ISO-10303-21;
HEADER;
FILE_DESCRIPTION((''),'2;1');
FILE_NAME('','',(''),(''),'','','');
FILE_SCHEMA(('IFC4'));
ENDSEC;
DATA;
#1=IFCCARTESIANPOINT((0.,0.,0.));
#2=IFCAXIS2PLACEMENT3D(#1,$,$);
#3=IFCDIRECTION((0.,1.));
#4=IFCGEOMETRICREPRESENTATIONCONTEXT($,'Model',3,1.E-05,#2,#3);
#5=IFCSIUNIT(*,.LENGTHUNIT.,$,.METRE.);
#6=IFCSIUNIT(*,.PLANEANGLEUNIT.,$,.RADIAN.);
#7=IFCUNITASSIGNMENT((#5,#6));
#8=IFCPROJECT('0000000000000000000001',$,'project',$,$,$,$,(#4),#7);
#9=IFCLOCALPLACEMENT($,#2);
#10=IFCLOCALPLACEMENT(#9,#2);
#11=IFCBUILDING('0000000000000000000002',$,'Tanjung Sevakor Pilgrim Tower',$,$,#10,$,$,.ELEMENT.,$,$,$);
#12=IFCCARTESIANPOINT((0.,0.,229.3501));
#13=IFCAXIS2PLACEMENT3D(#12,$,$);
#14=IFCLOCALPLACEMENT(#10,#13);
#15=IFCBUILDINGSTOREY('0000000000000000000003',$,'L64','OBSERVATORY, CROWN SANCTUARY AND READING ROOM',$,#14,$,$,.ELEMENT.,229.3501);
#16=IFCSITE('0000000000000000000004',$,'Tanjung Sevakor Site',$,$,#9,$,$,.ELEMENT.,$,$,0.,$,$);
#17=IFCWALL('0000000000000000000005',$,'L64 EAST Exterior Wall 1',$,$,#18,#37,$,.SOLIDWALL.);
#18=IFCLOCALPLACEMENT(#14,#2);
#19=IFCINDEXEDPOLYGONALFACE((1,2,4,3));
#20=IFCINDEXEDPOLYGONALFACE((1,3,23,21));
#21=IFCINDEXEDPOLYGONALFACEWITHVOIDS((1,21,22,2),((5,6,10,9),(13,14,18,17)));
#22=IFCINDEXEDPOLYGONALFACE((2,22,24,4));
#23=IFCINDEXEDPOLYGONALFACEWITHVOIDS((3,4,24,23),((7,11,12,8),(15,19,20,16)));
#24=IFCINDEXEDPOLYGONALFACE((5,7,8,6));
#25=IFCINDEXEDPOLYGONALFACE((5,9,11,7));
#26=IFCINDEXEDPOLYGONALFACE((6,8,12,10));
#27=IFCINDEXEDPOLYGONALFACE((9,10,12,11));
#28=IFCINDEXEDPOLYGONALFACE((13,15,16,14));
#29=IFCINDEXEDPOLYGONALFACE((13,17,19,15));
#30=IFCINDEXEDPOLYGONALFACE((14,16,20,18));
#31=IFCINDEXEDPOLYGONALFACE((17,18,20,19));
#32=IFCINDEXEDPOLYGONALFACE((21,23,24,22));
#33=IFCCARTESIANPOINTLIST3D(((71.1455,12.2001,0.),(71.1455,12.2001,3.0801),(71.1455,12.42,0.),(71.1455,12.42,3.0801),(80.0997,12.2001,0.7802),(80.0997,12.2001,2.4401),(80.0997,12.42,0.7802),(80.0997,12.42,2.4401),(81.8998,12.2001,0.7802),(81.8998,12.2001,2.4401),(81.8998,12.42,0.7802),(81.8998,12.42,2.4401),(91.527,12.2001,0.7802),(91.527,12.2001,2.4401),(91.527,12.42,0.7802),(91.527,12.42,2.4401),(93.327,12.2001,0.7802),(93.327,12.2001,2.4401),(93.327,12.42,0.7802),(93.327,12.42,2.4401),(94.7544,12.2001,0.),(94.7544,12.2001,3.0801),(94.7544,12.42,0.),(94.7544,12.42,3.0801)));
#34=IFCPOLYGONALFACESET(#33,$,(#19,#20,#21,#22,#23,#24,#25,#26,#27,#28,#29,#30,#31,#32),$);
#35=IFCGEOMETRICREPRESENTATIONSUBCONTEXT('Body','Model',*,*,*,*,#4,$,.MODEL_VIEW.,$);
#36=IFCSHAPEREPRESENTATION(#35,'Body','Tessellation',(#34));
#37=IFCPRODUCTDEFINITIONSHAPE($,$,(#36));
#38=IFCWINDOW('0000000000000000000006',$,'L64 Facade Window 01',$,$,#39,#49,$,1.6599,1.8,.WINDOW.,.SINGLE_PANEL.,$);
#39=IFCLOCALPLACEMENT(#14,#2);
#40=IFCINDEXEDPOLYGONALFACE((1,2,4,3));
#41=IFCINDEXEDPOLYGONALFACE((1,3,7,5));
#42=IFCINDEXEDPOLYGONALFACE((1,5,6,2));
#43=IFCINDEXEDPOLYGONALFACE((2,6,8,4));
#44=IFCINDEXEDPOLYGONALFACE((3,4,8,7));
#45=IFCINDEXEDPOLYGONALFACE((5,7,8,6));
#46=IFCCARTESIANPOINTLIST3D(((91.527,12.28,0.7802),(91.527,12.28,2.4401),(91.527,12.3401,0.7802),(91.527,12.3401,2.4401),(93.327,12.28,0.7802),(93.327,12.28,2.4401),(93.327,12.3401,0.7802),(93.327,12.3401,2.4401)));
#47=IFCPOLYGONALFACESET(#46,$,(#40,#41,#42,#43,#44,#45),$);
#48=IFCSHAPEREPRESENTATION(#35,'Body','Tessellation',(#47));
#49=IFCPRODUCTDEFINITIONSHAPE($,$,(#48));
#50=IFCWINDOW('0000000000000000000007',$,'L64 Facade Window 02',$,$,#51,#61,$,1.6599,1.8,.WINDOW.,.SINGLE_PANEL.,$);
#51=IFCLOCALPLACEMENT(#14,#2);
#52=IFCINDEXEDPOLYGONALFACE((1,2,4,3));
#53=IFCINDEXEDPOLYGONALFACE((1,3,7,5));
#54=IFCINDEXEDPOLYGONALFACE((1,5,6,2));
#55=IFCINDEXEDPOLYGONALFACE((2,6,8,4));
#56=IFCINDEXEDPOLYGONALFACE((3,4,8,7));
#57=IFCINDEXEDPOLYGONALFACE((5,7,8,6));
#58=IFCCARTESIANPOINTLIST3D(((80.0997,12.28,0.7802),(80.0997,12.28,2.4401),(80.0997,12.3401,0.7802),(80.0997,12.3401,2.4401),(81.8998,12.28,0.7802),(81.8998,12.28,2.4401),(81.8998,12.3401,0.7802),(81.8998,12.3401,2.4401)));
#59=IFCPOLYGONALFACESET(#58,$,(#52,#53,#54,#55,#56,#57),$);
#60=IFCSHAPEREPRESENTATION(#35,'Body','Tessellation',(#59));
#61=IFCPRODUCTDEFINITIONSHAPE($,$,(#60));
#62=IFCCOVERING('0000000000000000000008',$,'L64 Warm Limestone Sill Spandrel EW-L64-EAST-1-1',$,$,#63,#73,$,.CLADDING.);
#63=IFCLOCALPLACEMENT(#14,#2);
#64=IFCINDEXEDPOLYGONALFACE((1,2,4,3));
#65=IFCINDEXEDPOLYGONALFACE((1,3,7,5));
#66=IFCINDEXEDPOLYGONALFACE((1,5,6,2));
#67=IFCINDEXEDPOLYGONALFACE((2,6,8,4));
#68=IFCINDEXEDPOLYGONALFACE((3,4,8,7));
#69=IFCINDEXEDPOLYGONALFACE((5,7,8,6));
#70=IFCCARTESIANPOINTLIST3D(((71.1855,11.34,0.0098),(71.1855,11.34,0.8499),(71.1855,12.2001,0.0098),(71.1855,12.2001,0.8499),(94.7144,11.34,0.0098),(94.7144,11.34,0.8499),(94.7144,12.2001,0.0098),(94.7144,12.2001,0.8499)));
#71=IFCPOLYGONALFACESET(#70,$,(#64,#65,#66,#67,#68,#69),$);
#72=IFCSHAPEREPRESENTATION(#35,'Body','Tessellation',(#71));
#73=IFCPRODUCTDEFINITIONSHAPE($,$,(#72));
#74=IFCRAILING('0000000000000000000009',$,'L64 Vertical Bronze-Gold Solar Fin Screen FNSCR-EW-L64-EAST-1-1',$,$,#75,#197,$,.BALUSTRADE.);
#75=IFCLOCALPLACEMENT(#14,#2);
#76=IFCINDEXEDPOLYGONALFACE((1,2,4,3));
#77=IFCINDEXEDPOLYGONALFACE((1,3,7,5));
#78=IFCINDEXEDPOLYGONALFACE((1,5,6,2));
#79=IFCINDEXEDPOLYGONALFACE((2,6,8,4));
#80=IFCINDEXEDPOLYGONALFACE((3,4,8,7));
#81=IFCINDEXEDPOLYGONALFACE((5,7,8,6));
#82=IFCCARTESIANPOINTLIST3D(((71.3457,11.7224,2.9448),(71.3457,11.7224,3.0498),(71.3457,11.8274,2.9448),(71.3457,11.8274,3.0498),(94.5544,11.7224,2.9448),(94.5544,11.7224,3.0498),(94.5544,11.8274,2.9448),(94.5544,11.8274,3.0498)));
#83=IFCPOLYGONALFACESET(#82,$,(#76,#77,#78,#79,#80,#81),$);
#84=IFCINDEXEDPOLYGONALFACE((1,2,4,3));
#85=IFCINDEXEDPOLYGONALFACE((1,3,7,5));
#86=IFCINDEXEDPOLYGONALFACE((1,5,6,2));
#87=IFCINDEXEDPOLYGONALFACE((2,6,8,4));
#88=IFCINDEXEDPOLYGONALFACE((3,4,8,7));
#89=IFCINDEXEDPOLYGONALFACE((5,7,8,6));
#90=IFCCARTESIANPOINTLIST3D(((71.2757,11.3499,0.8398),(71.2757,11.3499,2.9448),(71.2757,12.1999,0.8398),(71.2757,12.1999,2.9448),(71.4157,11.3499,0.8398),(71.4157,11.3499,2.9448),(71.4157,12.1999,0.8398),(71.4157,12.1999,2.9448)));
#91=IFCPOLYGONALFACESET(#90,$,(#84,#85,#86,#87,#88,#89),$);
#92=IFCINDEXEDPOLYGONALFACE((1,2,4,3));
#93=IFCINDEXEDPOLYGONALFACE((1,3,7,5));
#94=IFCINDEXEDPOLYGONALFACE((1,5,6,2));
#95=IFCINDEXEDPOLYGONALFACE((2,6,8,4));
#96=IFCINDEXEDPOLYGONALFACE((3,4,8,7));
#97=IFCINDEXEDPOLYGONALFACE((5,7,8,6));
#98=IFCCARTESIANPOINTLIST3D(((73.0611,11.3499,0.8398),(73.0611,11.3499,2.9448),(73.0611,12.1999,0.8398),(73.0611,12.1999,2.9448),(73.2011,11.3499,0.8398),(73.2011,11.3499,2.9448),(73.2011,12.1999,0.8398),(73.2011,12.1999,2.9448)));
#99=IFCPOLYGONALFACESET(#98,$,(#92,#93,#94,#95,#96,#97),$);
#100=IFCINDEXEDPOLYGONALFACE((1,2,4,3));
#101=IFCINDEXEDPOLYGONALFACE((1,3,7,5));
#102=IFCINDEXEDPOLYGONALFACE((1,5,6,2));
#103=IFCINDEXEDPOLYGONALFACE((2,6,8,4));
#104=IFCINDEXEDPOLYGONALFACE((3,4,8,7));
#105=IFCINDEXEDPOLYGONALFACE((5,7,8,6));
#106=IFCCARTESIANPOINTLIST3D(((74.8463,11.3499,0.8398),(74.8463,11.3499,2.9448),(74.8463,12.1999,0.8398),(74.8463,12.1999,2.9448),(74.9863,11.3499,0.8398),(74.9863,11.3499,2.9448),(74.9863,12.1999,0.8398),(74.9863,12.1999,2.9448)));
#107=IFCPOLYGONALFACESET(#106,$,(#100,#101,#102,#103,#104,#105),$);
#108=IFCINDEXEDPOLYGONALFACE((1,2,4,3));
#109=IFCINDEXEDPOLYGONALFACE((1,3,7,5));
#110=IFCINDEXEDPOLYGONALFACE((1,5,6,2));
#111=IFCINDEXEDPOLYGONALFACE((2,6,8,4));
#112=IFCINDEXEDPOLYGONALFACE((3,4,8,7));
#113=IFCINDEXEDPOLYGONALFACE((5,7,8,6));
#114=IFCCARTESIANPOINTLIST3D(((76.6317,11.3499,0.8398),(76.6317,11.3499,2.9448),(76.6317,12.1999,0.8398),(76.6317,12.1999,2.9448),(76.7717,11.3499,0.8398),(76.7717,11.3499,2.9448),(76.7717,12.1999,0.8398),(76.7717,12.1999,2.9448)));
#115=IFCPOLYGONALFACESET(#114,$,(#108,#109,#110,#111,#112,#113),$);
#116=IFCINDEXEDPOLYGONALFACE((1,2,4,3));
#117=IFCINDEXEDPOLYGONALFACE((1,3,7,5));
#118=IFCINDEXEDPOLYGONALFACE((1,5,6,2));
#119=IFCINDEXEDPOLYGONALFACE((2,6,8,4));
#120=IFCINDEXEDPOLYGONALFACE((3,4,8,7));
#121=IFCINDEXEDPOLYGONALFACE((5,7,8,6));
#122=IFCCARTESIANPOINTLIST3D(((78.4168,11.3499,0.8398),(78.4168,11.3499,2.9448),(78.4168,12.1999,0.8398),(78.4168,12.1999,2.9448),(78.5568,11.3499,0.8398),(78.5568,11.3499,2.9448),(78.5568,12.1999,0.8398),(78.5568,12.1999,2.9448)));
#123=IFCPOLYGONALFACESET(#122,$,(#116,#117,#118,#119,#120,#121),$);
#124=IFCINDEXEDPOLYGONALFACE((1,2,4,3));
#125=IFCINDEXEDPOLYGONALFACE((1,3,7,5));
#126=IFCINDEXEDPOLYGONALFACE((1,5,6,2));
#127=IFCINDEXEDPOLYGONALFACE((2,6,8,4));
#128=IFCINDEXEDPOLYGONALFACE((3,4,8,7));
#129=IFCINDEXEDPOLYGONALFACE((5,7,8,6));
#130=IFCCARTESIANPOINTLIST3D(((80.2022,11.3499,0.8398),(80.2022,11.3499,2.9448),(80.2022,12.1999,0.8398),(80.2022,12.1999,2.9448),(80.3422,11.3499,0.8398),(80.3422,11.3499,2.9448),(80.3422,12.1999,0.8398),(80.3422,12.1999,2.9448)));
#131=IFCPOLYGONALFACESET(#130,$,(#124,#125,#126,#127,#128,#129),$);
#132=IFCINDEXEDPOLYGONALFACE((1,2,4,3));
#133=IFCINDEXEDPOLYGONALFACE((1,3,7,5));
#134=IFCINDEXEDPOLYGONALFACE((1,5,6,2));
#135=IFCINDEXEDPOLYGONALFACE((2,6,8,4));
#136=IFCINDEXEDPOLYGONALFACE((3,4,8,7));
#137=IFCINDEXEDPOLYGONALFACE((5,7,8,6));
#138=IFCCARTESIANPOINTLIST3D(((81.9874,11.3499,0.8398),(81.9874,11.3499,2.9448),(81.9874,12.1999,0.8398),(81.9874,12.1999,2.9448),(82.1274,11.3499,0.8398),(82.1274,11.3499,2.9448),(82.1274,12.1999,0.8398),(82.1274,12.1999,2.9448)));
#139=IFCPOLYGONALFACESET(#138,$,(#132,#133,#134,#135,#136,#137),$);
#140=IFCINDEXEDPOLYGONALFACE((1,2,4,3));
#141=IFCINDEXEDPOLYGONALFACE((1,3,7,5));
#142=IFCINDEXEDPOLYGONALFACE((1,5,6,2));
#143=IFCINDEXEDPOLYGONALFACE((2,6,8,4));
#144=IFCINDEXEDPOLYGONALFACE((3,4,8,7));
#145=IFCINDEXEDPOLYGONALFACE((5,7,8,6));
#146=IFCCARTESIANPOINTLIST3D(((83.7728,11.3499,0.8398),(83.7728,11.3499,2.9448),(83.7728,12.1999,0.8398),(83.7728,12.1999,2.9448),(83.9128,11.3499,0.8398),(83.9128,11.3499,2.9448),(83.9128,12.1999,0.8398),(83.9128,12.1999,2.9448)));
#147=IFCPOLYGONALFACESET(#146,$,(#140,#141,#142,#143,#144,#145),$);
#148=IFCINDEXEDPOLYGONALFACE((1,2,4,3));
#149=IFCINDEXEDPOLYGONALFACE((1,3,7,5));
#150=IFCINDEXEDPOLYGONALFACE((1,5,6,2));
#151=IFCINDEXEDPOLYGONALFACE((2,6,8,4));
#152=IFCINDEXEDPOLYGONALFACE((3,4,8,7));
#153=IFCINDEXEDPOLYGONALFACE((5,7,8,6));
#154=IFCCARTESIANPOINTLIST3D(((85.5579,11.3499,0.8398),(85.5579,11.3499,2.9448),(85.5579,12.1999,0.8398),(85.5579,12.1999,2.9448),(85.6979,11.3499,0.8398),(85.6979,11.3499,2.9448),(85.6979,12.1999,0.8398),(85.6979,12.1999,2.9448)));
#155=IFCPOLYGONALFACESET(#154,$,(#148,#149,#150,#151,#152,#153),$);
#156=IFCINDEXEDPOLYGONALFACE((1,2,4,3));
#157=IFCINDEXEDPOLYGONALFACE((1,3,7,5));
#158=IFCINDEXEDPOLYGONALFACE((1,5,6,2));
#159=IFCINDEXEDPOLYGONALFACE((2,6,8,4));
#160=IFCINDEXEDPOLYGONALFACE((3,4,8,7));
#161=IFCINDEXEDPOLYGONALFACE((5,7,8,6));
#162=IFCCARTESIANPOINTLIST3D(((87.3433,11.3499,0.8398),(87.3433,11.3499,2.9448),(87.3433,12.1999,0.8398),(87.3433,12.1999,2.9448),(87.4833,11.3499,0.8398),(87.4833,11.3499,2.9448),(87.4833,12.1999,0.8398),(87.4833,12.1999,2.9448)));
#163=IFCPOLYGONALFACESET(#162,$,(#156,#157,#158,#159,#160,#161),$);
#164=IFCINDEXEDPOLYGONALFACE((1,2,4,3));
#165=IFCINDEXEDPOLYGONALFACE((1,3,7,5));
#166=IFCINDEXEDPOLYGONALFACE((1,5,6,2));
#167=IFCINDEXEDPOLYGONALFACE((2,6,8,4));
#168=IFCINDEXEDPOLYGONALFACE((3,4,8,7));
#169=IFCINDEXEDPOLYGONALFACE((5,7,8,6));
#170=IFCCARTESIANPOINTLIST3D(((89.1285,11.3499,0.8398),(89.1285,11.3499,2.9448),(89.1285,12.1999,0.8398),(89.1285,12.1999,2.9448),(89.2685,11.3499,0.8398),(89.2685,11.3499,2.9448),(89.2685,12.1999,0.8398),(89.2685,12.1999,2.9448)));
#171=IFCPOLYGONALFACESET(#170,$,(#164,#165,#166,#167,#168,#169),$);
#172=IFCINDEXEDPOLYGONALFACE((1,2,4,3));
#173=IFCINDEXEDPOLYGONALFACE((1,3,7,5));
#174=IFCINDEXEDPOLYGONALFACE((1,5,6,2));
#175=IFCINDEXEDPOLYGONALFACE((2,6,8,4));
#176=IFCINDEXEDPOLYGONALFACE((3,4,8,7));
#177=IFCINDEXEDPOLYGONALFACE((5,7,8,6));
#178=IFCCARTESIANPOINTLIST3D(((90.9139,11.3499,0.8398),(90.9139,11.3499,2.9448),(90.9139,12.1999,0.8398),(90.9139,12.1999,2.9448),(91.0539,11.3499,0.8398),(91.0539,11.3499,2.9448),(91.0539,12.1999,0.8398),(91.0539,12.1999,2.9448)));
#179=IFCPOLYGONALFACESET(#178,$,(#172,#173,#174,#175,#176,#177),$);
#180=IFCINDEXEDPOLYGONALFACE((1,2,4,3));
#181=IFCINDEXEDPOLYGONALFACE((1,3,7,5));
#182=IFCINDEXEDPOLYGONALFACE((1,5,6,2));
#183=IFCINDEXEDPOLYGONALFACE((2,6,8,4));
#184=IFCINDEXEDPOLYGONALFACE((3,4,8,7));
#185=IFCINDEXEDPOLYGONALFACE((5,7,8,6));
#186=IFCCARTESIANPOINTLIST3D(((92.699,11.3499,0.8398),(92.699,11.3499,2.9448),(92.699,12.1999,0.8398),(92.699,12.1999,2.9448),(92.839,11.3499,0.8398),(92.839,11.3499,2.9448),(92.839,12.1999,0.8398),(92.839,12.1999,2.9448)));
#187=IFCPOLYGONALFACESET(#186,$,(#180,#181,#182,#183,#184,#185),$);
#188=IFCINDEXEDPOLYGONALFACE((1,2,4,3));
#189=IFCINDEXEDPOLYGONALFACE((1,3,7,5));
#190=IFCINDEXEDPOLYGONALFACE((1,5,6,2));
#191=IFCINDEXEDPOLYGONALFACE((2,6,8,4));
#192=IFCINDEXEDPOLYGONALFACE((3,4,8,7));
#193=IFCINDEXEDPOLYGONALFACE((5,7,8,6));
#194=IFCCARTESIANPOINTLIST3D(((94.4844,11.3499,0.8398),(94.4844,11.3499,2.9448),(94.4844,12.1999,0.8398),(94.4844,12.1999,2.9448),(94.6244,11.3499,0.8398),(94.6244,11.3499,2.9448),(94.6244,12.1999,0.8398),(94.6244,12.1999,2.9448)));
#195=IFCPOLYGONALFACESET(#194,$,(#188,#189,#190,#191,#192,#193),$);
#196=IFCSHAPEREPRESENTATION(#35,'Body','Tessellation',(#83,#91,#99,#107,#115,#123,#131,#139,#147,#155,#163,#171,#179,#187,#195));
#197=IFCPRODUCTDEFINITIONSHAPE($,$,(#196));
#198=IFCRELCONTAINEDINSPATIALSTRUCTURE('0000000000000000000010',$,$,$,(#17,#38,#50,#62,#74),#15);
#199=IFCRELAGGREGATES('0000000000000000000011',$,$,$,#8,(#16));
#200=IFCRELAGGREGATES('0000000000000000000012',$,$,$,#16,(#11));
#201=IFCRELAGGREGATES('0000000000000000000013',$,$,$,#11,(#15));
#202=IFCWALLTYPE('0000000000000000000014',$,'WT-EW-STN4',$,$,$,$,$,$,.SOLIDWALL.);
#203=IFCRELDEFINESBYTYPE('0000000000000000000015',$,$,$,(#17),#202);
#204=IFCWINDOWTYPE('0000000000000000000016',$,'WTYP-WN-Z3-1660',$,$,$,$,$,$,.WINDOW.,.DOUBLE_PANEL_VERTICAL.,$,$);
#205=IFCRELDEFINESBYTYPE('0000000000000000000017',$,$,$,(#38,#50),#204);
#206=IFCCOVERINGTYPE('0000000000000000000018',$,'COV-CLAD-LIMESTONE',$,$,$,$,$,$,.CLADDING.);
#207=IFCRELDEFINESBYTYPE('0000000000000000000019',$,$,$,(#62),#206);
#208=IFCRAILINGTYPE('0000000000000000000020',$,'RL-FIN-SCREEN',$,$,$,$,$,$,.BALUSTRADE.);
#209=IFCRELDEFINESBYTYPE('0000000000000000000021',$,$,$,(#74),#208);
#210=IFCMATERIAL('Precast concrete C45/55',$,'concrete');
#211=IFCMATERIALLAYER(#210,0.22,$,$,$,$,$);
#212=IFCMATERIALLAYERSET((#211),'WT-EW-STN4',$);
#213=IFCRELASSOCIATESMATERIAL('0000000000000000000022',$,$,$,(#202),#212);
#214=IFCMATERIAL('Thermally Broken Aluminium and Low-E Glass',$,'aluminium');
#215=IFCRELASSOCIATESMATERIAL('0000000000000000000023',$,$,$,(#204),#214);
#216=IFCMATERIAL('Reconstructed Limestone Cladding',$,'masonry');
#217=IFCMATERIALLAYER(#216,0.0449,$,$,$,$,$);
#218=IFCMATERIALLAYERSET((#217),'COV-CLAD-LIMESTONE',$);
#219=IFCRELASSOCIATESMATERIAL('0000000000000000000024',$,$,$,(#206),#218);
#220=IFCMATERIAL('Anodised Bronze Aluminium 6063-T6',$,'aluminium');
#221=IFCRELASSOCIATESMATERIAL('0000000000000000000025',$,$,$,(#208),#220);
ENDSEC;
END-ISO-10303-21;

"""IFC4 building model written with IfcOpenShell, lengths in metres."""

from ifc_helpers import new_model, si_unit, direction, frame, frame_2d, origin, origin_2d, place, context, subcontext, project, spatial, rectangle, extrude, material, layer, layer_set, type_object, element, fill, save


model = new_model("IFC4")

# Units and contexts
model_context = context("Model", 3, precision=1e-05, world=origin(), true_north=direction((0.0, 1.0)))
body_context = subcontext(model_context, "Body", "Model", "MODEL_VIEW")
ifc_project = project(units=[si_unit("LENGTHUNIT", "METRE"), si_unit("PLANEANGLEUNIT", "RADIAN")], contexts=[model_context])

# Site, building, storey
site_placement = place(None, origin())
site = spatial("IfcSite", under=ifc_project, at=site_placement, Name="Tanjung Sevakor Site", CompositionType="ELEMENT", RefElevation=0.0)
building_placement = place(site_placement, origin())
building = spatial("IfcBuilding", under=site, at=building_placement, Name="Tanjung Sevakor Pilgrim Tower", CompositionType="ELEMENT")
storey_placement = place(building_placement, frame((0.0, 0.0, 229.3501)))
storey = spatial("IfcBuildingStorey", under=building, at=storey_placement, Name="L64", Description="OBSERVATORY, CROWN SANCTUARY AND READING ROOM", CompositionType="ELEMENT", Elevation=229.3501)

# Wall, openings, windows
ifc_material_1 = material(Name="Precast concrete C45/55", Category="concrete")
ifc_layer_1 = layer(ifc_material_1, 0.22)
ifc_layer_set_1 = layer_set([ifc_layer_1], Name="WT-EW-STN4")
wall_type_1 = type_object("IfcWallType", Name="WT-EW-STN4", PredefinedType="SOLIDWALL", material=ifc_layer_set_1)
wall_1_placement = place(storey_placement, frame((71.1455, 12.3101, 0.0), z_axis=(0.0, 0.0, 1.0), x_axis=(1.0, 0.0, 0.0)))
wall_1 = element("IfcWall", 1, at=wall_1_placement, inside=storey, type_object=wall_type_1, Name="L64 EAST Exterior Wall 1", PredefinedType="SOLIDWALL", context=body_context, shape_type="SweptSolid", body=[
    extrude(rectangle(XDim=23.6089, YDim=0.22, at=frame_2d((11.8044, 0.0))), origin(), (0.0, 0.0, 1.0), 3.0801),
])
opening_1_placement = place(wall_1_placement, frame((20.3816, 0.0, 0.78)))
opening_1 = element("IfcOpeningElement", 2, at=opening_1_placement, cuts=wall_1, PredefinedType="OPENING", context=body_context, shape_type="SweptSolid", body=[
    extrude(rectangle(XDim=1.8, YDim=1.6599, at=frame_2d((0.8999, 0.8301))), frame((0.0, 0.1199, 0.0), z_axis=(0.0, -1.0, 0.0), x_axis=(1.0, 0.0, 0.0)), (0.0, 0.0, 1.0), 0.24),
])
opening_2_placement = place(wall_1_placement, frame((8.9543, 0.0, 0.78)))
opening_2 = element("IfcOpeningElement", 3, at=opening_2_placement, cuts=wall_1, PredefinedType="OPENING", context=body_context, shape_type="SweptSolid", body=[
    extrude(rectangle(XDim=1.8, YDim=1.6599, at=frame_2d((0.8999, 0.8301))), frame((0.0, 0.1199, 0.0), z_axis=(0.0, -1.0, 0.0), x_axis=(1.0, 0.0, 0.0)), (0.0, 0.0, 1.0), 0.24),
])
ifc_material_2 = material(Name="Thermally Broken Aluminium and Low-E Glass", Category="aluminium")
window_type = type_object("IfcWindowType", Name="WTYP-WN-Z3-1660", PartitioningType="DOUBLE_PANEL_VERTICAL", PredefinedType="WINDOW", material=ifc_material_2)
window_1_placement = place(opening_1_placement, origin())
window_1 = element("IfcWindow", 4, at=window_1_placement, inside=storey, type_object=window_type, Name="L64 Facade Window 01", OverallHeight=1.6599, OverallWidth=1.8, PartitioningType="SINGLE_PANEL", PredefinedType="WINDOW", context=body_context, shape_type="SweptSolid", body=[
    extrude(rectangle(XDim=1.8, YDim=1.6599, at=frame_2d((0.8999, 0.8301))), frame((0.0, 0.03, 0.0), z_axis=(0.0, -1.0, 0.0), x_axis=(1.0, 0.0, 0.0)), (0.0, 0.0, 1.0), 0.0601),
])
fill(opening_1, window_1)
window_2_placement = place(opening_2_placement, origin())
window_2 = element("IfcWindow", 5, at=window_2_placement, inside=storey, type_object=window_type, Name="L64 Facade Window 02", OverallHeight=1.6599, OverallWidth=1.8, PartitioningType="SINGLE_PANEL", PredefinedType="WINDOW", context=body_context, shape_type="SweptSolid", body=[
    extrude(rectangle(XDim=1.8, YDim=1.6599, at=frame_2d((0.8999, 0.8301))), frame((0.0, 0.03, 0.0), z_axis=(0.0, -1.0, 0.0), x_axis=(1.0, 0.0, 0.0)), (0.0, 0.0, 1.0), 0.0601),
])
fill(opening_2, window_2)

# Covering
ifc_material_3 = material(Name="Reconstructed Limestone Cladding", Category="masonry")
ifc_layer_2 = layer(ifc_material_3, 0.0449)
ifc_layer_set_2 = layer_set([ifc_layer_2], Name="COV-CLAD-LIMESTONE")
covering_type = type_object("IfcCoveringType", Name="COV-CLAD-LIMESTONE", PredefinedType="CLADDING", material=ifc_layer_set_2)
covering_placement = place(storey_placement, frame((82.95, 11.77, 0.0098), z_axis=(0.0, 0.0, 1.0), x_axis=(1.0, 0.0, 0.0)))
element("IfcCovering", 6, at=covering_placement, inside=storey, type_object=covering_type, Name="L64 Warm Limestone Sill Spandrel EW-L64-EAST-1-1", PredefinedType="CLADDING", context=body_context, shape_type="SweptSolid", body=[
    extrude(rectangle(XDim=23.5288, YDim=0.8601, at=origin_2d()), origin(), (0.0, 0.0, 1.0), 0.8401),
])

# Railing
ifc_material_4 = material(Name="Anodised Bronze Aluminium 6063-T6", Category="aluminium")
railing_type = type_object("IfcRailingType", Name="RL-FIN-SCREEN", PredefinedType="BALUSTRADE", material=ifc_material_4)
railing_placement = place(storey_placement, frame((71.3457, 11.7749, 0.8398)))
element("IfcRailing", 7, at=railing_placement, inside=storey, type_object=railing_type, Name="L64 Vertical Bronze-Gold Solar Fin Screen FNSCR-EW-L64-EAST-1-1", PredefinedType="BALUSTRADE", context=body_context, shape_type="SweptSolid", body=[
    extrude(rectangle(XDim=0.105, YDim=0.105), frame((0.0, 0.0, 2.1575), z_axis=(1.0, 0.0, 0.0), x_axis=(0.0, 1.0, 0.0)), (0.0, 0.0, 1.0), 23.2087),
    extrude(rectangle(XDim=0.14, YDim=0.85), origin(), (0.0, 0.0, 1.0), 2.105),
    extrude(rectangle(XDim=0.14, YDim=0.85), frame((1.7854, 0.0, 0.0)), (0.0, 0.0, 1.0), 2.105),
    extrude(rectangle(XDim=0.14, YDim=0.85), frame((3.5706, 0.0, 0.0)), (0.0, 0.0, 1.0), 2.105),
    extrude(rectangle(XDim=0.14, YDim=0.85), frame((5.356, 0.0, 0.0)), (0.0, 0.0, 1.0), 2.105),
    extrude(rectangle(XDim=0.14, YDim=0.85), frame((7.1411, 0.0, 0.0)), (0.0, 0.0, 1.0), 2.105),
    extrude(rectangle(XDim=0.14, YDim=0.85), frame((8.9265, 0.0, 0.0)), (0.0, 0.0, 1.0), 2.105),
    extrude(rectangle(XDim=0.14, YDim=0.85), frame((10.7117, 0.0, 0.0)), (0.0, 0.0, 1.0), 2.105),
    extrude(rectangle(XDim=0.14, YDim=0.85), frame((12.4971, 0.0, 0.0)), (0.0, 0.0, 1.0), 2.105),
    extrude(rectangle(XDim=0.14, YDim=0.85), frame((14.2822, 0.0, 0.0)), (0.0, 0.0, 1.0), 2.105),
    extrude(rectangle(XDim=0.14, YDim=0.85), frame((16.0676, 0.0, 0.0)), (0.0, 0.0, 1.0), 2.105),
    extrude(rectangle(XDim=0.14, YDim=0.85), frame((17.8528, 0.0, 0.0)), (0.0, 0.0, 1.0), 2.105),
    extrude(rectangle(XDim=0.14, YDim=0.85), frame((19.6382, 0.0, 0.0)), (0.0, 0.0, 1.0), 2.105),
    extrude(rectangle(XDim=0.14, YDim=0.85), frame((21.4233, 0.0, 0.0)), (0.0, 0.0, 1.0), 2.105),
    extrude(rectangle(XDim=0.14, YDim=0.85), frame((23.2087, 0.0, 0.0)), (0.0, 0.0, 1.0), 2.105),
])

save(model, "model.ifc")
